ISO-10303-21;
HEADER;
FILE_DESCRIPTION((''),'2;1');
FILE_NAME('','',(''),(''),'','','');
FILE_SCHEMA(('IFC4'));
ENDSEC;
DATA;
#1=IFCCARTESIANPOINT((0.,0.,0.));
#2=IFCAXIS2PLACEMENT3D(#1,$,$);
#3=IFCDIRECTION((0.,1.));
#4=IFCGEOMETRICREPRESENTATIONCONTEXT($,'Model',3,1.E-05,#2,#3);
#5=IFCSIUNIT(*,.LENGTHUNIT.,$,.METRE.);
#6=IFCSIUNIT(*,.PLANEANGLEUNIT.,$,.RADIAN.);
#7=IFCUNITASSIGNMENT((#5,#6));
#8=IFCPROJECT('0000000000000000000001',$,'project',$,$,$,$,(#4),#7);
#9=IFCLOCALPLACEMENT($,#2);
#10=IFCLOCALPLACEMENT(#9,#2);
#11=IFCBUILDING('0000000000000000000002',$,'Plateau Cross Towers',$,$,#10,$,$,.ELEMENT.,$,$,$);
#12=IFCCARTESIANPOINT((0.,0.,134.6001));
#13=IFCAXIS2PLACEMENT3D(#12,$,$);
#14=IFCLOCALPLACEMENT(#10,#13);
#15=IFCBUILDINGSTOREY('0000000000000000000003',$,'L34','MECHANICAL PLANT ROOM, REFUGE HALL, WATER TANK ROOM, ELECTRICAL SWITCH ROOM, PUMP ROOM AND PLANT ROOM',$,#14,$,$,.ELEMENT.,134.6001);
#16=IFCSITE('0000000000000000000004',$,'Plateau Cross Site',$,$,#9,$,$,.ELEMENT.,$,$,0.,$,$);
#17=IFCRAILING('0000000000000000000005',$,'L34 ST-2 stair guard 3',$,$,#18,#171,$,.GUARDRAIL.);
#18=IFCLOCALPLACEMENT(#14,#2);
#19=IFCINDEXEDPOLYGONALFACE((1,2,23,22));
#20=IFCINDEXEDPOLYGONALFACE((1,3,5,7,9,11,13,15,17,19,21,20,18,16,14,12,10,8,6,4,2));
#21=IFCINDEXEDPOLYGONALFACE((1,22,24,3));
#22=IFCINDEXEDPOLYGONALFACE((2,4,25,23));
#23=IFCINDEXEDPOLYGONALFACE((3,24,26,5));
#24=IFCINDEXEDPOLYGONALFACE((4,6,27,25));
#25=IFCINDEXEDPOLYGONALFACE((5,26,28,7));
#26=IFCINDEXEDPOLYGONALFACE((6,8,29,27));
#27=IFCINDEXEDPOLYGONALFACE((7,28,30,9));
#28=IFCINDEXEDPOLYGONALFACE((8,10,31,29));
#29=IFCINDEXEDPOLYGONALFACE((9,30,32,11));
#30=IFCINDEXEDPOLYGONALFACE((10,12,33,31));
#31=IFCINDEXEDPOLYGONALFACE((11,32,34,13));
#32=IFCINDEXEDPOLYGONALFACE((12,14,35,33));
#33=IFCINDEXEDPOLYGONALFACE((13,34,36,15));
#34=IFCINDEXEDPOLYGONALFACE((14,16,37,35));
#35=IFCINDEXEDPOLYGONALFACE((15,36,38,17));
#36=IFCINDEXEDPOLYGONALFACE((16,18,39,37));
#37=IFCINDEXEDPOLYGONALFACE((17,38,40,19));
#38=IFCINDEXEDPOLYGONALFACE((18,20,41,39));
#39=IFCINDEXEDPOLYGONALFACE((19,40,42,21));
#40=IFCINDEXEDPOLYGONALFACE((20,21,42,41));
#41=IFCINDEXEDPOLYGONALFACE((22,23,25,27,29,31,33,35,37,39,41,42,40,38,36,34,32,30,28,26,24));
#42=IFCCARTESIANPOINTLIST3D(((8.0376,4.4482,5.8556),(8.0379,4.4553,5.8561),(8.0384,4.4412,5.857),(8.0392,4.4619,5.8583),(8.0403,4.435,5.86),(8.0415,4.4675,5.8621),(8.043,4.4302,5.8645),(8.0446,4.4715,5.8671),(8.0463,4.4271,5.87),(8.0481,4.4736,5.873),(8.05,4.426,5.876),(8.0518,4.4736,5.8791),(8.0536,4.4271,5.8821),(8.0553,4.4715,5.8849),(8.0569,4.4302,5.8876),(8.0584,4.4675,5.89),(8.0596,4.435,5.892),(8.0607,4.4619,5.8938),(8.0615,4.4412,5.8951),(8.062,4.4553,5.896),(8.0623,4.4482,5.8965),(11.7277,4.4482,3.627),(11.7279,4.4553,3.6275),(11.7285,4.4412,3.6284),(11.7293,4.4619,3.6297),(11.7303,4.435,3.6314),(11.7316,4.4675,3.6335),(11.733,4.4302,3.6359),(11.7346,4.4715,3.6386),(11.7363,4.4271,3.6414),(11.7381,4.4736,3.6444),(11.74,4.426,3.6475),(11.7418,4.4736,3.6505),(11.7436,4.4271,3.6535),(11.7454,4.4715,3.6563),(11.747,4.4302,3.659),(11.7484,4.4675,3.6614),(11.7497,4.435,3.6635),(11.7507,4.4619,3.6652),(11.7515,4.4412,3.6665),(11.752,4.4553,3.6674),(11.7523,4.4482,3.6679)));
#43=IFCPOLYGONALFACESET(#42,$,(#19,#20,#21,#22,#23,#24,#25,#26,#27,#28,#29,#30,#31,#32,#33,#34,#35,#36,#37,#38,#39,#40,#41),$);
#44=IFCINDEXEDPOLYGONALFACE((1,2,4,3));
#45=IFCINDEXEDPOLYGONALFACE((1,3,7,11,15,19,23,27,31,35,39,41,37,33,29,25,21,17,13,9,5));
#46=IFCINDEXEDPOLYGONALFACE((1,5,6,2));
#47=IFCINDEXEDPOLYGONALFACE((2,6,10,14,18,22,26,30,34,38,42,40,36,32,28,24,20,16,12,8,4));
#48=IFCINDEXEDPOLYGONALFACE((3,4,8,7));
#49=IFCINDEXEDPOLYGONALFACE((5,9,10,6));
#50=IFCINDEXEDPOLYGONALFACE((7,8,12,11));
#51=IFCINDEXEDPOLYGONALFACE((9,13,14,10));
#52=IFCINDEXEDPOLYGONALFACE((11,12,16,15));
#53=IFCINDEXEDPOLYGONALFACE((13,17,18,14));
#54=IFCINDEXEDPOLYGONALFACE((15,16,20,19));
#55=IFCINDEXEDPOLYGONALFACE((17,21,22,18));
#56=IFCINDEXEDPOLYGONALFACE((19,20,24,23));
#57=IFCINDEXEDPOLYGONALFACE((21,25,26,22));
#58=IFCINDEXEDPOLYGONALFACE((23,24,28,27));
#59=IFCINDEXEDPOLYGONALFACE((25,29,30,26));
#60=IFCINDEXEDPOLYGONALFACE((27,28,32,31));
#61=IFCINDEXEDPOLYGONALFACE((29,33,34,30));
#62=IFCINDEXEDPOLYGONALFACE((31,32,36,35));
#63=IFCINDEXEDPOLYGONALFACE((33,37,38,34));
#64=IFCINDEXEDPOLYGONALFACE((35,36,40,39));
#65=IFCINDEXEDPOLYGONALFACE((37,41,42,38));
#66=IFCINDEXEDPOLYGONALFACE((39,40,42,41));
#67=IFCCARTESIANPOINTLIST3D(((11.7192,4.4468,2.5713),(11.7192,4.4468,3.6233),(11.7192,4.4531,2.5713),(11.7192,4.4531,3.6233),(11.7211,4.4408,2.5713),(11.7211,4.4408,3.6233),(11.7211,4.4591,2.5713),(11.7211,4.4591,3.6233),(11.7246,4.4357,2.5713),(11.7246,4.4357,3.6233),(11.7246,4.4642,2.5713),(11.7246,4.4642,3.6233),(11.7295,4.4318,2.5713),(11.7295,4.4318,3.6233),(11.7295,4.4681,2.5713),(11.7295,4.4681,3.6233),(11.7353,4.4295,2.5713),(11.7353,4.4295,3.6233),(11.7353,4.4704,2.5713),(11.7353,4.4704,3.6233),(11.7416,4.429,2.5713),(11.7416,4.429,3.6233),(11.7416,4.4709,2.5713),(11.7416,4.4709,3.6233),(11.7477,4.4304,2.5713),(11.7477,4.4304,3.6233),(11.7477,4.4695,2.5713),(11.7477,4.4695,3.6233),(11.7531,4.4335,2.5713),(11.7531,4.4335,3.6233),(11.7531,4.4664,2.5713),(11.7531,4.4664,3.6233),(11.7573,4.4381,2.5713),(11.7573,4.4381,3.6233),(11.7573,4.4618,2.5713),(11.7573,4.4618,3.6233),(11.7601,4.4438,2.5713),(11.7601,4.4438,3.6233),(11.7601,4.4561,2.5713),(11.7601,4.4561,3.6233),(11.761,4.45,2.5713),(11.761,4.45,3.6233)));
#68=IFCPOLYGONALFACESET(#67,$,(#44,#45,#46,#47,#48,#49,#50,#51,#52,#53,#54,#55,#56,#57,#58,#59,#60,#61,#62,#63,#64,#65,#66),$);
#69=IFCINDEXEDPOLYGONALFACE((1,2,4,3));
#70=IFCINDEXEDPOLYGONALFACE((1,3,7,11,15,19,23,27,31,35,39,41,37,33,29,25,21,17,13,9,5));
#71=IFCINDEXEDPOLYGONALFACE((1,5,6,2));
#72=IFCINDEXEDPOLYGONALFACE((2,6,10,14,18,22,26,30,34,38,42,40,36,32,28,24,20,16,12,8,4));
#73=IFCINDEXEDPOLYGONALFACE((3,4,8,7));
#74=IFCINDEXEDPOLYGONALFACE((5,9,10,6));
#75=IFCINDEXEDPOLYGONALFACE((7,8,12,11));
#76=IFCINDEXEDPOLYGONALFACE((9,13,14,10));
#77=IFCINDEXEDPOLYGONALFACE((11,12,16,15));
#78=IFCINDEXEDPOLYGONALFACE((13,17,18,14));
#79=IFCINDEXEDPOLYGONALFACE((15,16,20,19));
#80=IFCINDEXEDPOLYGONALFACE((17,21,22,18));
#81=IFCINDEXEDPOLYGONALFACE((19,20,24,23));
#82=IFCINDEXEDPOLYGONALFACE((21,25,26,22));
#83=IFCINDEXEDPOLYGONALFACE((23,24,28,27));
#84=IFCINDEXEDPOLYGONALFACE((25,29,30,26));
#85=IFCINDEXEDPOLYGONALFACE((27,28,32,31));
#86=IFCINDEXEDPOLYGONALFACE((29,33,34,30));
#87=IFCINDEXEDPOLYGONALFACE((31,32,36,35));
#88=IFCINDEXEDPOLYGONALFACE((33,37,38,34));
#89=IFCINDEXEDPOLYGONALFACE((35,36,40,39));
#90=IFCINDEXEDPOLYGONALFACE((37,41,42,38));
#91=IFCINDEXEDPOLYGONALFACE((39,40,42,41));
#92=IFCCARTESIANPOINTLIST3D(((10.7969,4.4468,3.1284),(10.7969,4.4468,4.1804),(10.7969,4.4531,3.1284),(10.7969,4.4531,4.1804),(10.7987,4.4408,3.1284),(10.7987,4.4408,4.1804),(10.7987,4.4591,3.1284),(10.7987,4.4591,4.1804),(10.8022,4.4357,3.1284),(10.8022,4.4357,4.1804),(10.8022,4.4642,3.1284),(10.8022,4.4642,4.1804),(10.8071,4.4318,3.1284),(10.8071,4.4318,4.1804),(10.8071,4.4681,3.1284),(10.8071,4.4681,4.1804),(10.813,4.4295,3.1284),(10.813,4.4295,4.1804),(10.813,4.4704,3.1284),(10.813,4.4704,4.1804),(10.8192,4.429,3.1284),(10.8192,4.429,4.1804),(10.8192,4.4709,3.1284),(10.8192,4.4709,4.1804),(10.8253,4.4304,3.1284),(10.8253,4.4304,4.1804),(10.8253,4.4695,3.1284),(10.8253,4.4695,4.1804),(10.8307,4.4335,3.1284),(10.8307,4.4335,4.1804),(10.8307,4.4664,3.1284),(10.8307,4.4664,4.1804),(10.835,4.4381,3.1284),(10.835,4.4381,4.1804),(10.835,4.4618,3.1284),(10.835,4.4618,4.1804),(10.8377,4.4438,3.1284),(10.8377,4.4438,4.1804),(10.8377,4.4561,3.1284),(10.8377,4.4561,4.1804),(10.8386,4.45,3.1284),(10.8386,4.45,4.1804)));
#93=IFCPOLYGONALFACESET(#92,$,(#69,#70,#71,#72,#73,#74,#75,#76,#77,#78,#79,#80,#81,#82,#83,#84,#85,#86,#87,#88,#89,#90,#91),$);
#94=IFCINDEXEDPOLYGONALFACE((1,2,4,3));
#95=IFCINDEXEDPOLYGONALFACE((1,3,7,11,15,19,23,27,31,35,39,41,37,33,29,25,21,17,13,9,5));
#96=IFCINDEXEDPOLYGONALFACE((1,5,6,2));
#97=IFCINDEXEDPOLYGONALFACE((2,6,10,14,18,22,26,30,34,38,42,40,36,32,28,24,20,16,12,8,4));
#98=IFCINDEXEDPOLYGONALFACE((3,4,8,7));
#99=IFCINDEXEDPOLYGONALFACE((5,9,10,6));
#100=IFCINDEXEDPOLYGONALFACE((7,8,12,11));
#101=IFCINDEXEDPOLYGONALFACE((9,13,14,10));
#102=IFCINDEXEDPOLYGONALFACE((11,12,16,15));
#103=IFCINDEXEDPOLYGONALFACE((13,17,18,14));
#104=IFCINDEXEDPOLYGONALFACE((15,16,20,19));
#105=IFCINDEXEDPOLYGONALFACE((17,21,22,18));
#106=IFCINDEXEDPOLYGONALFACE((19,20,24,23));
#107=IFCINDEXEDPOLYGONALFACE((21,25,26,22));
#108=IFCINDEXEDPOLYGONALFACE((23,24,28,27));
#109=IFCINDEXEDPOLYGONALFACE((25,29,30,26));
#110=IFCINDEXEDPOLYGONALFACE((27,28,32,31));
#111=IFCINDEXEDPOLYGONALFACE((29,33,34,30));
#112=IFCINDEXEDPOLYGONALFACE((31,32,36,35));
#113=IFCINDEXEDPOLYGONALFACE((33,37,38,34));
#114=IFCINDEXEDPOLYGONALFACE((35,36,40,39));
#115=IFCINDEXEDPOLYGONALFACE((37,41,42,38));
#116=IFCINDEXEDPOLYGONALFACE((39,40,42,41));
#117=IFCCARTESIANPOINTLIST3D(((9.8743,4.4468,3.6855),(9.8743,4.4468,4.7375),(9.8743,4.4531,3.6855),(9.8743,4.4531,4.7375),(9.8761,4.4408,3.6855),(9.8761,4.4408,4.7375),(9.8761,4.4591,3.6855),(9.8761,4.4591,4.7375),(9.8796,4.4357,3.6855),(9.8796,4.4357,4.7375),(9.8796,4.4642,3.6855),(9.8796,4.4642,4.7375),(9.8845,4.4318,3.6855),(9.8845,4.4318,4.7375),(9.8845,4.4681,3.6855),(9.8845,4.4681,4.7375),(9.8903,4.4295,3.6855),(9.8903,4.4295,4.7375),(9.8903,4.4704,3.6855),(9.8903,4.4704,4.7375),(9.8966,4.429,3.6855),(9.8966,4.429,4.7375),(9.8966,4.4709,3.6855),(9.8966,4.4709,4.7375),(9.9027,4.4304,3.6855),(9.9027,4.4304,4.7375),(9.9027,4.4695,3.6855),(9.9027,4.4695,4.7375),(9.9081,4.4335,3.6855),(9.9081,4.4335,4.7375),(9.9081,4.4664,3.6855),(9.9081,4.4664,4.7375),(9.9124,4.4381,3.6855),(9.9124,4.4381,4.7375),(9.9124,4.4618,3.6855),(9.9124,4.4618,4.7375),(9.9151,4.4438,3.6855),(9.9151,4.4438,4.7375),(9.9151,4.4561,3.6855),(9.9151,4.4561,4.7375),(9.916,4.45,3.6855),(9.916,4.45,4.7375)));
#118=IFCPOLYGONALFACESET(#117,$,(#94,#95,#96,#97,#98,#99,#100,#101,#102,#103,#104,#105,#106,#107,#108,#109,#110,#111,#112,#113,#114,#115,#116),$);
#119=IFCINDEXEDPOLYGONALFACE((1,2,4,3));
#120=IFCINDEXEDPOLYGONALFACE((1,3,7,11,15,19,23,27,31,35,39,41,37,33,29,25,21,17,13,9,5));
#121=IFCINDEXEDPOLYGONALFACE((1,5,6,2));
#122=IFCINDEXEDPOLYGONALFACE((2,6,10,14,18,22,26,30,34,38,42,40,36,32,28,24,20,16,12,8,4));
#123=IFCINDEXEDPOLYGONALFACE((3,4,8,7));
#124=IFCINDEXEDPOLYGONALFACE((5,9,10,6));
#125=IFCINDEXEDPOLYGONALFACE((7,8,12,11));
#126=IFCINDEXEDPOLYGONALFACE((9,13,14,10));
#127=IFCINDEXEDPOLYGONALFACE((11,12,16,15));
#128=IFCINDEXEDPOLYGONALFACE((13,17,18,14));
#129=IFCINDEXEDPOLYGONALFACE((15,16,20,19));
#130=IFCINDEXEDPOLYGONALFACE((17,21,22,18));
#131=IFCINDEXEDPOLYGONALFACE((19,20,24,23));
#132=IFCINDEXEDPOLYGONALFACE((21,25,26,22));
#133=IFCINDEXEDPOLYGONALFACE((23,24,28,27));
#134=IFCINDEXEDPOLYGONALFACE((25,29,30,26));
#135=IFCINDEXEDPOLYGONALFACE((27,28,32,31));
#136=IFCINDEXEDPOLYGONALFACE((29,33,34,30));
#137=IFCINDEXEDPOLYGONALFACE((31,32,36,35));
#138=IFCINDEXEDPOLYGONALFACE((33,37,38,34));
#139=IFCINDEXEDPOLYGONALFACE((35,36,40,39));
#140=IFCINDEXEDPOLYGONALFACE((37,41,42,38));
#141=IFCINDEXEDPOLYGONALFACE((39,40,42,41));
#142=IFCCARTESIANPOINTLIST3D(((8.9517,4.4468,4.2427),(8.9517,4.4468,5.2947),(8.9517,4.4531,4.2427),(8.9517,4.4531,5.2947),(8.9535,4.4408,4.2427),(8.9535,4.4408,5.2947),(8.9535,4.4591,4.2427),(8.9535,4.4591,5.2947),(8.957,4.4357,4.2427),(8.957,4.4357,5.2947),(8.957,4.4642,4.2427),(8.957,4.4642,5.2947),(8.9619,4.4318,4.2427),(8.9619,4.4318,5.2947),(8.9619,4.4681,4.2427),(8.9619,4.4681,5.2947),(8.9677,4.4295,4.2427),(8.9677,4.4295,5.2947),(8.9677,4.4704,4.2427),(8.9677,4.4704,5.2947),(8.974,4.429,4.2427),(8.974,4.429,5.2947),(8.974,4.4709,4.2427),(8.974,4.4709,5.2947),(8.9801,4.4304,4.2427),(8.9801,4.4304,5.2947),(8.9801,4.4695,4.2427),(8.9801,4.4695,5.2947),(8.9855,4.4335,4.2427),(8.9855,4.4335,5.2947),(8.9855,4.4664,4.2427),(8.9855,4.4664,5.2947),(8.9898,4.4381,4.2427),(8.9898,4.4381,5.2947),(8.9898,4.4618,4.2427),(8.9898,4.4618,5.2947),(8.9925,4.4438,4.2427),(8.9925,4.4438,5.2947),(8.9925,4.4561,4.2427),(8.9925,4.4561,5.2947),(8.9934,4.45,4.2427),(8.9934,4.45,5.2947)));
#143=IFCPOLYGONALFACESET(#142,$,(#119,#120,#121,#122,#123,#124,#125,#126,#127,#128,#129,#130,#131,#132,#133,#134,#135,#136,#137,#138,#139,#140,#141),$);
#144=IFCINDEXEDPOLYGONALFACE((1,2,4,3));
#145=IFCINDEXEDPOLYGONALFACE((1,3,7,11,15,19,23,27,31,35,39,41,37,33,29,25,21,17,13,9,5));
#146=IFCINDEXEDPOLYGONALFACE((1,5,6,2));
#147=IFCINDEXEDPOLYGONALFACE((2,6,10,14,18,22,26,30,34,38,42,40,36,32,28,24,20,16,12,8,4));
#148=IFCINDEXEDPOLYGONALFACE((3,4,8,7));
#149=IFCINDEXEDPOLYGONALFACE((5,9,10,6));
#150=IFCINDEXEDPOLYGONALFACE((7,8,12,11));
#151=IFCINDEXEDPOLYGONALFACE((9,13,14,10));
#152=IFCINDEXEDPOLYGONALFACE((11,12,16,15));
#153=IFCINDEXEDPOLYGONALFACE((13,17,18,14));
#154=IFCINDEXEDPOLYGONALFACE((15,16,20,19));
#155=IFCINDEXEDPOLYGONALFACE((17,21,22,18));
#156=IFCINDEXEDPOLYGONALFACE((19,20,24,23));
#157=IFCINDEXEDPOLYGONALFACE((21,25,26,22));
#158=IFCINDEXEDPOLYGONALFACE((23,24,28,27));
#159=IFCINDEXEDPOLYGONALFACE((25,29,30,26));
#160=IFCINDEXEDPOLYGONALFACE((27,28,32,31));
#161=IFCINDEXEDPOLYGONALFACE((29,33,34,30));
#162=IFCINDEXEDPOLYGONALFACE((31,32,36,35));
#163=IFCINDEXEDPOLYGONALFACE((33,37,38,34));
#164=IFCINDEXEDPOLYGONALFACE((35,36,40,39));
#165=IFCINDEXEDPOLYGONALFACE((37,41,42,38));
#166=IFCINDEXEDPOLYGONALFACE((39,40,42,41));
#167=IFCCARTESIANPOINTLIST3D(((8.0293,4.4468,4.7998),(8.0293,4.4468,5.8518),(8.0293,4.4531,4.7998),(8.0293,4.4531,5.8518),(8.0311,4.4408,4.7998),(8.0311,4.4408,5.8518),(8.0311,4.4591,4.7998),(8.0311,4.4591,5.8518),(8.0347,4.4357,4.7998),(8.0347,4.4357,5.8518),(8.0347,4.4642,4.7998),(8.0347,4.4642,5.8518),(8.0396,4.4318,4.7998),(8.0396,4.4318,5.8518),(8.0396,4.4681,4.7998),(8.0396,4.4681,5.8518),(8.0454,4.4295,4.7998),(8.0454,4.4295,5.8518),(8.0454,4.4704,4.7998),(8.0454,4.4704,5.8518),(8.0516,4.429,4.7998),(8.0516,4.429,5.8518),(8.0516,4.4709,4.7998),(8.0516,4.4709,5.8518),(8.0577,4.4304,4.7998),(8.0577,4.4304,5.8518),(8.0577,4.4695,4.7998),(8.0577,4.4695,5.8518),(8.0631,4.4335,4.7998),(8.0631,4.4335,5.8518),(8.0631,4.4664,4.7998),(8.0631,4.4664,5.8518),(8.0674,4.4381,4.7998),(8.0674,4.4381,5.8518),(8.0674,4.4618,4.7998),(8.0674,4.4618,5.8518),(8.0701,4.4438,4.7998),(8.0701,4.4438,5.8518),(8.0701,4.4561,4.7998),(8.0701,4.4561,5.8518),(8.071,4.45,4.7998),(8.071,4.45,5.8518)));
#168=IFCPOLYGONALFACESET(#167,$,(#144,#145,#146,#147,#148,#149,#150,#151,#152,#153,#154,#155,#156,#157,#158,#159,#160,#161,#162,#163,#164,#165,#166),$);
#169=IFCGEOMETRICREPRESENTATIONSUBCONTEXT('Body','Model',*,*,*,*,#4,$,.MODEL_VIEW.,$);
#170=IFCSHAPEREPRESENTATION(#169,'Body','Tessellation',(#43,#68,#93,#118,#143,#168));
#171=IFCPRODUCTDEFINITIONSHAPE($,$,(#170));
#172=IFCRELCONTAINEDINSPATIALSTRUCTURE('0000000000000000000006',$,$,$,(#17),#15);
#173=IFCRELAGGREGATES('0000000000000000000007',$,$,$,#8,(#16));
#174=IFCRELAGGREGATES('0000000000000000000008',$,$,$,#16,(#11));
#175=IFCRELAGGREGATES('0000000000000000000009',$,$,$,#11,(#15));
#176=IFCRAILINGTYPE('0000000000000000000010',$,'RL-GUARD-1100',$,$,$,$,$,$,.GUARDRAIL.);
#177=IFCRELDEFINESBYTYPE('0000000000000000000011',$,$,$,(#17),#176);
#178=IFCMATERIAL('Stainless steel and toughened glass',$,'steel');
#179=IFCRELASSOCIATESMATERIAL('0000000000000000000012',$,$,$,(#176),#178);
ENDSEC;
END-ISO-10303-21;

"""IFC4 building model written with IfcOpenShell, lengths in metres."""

from ifc_helpers import new_model, si_unit, direction, frame, origin, origin_2d, place, context, subcontext, project, spatial, circle, extrude, material, type_object, element, save


model = new_model("IFC4")

# Units and contexts
model_context = context("Model", 3, precision=1e-05, world=origin(), true_north=direction((0.0, 1.0)))
body_context = subcontext(model_context, "Body", "Model", "MODEL_VIEW")
ifc_project = project(units=[si_unit("LENGTHUNIT", "METRE"), si_unit("PLANEANGLEUNIT", "RADIAN")], contexts=[model_context])

# Site, building, storey
site_placement = place(None, origin())
site = spatial("IfcSite", under=ifc_project, at=site_placement, Name="Plateau Cross Site", CompositionType="ELEMENT", RefElevation=0.0)
building_placement = place(site_placement, origin())
building = spatial("IfcBuilding", under=site, at=building_placement, Name="Plateau Cross Towers", CompositionType="ELEMENT")
storey_placement = place(building_placement, frame((0.0, 0.0, 134.6001)))
storey = spatial("IfcBuildingStorey", under=building, at=storey_placement, Name="L34", Description="MECHANICAL PLANT ROOM, REFUGE HALL, WATER TANK ROOM, ELECTRICAL SWITCH ROOM, PUMP ROOM AND PLANT ROOM", CompositionType="ELEMENT", Elevation=134.6001)

# Railing
ifc_material_1 = material(Name="Stainless steel and toughened glass", Category="steel")
railing_type_1 = type_object("IfcRailingType", Name="RL-GUARD-1100", PredefinedType="GUARDRAIL", material=ifc_material_1)
railing_1_placement = place(storey_placement, frame((11.74, 4.45, 2.5713)))
element("IfcRailing", 1, at=railing_1_placement, inside=storey, type_object=railing_type_1, Name="L34 ST-2 stair guard 3", PredefinedType="GUARDRAIL", context=body_context, shape_type="SweptSolid", body=[
    extrude(circle(Radius=0.0239, at=origin_2d()), frame((0.0, 0.0, 1.0762), z_axis=(-0.856, 0.0, 0.516976), x_axis=(0.0, -1.0, 0.0)), (0.0, 0.0, 1.0), 4.3108),
    extrude(circle(Radius=0.021, at=origin_2d()), origin(), (0.0, 0.0, 1.0), 1.052),
    extrude(circle(Radius=0.021, at=origin_2d()), frame((-0.9224, 0.0, 0.5571)), (0.0, 0.0, 1.0), 1.052),
    extrude(circle(Radius=0.021, at=origin_2d()), frame((-1.845, 0.0, 1.1143)), (0.0, 0.0, 1.0), 1.052),
    extrude(circle(Radius=0.021, at=origin_2d()), frame((-2.7676, 0.0, 1.6714)), (0.0, 0.0, 1.0), 1.052),
    extrude(circle(Radius=0.021, at=origin_2d()), frame((-3.6899, 0.0, 2.2285)), (0.0, 0.0, 1.0), 1.052),
])

save(model, "model.ifc")
